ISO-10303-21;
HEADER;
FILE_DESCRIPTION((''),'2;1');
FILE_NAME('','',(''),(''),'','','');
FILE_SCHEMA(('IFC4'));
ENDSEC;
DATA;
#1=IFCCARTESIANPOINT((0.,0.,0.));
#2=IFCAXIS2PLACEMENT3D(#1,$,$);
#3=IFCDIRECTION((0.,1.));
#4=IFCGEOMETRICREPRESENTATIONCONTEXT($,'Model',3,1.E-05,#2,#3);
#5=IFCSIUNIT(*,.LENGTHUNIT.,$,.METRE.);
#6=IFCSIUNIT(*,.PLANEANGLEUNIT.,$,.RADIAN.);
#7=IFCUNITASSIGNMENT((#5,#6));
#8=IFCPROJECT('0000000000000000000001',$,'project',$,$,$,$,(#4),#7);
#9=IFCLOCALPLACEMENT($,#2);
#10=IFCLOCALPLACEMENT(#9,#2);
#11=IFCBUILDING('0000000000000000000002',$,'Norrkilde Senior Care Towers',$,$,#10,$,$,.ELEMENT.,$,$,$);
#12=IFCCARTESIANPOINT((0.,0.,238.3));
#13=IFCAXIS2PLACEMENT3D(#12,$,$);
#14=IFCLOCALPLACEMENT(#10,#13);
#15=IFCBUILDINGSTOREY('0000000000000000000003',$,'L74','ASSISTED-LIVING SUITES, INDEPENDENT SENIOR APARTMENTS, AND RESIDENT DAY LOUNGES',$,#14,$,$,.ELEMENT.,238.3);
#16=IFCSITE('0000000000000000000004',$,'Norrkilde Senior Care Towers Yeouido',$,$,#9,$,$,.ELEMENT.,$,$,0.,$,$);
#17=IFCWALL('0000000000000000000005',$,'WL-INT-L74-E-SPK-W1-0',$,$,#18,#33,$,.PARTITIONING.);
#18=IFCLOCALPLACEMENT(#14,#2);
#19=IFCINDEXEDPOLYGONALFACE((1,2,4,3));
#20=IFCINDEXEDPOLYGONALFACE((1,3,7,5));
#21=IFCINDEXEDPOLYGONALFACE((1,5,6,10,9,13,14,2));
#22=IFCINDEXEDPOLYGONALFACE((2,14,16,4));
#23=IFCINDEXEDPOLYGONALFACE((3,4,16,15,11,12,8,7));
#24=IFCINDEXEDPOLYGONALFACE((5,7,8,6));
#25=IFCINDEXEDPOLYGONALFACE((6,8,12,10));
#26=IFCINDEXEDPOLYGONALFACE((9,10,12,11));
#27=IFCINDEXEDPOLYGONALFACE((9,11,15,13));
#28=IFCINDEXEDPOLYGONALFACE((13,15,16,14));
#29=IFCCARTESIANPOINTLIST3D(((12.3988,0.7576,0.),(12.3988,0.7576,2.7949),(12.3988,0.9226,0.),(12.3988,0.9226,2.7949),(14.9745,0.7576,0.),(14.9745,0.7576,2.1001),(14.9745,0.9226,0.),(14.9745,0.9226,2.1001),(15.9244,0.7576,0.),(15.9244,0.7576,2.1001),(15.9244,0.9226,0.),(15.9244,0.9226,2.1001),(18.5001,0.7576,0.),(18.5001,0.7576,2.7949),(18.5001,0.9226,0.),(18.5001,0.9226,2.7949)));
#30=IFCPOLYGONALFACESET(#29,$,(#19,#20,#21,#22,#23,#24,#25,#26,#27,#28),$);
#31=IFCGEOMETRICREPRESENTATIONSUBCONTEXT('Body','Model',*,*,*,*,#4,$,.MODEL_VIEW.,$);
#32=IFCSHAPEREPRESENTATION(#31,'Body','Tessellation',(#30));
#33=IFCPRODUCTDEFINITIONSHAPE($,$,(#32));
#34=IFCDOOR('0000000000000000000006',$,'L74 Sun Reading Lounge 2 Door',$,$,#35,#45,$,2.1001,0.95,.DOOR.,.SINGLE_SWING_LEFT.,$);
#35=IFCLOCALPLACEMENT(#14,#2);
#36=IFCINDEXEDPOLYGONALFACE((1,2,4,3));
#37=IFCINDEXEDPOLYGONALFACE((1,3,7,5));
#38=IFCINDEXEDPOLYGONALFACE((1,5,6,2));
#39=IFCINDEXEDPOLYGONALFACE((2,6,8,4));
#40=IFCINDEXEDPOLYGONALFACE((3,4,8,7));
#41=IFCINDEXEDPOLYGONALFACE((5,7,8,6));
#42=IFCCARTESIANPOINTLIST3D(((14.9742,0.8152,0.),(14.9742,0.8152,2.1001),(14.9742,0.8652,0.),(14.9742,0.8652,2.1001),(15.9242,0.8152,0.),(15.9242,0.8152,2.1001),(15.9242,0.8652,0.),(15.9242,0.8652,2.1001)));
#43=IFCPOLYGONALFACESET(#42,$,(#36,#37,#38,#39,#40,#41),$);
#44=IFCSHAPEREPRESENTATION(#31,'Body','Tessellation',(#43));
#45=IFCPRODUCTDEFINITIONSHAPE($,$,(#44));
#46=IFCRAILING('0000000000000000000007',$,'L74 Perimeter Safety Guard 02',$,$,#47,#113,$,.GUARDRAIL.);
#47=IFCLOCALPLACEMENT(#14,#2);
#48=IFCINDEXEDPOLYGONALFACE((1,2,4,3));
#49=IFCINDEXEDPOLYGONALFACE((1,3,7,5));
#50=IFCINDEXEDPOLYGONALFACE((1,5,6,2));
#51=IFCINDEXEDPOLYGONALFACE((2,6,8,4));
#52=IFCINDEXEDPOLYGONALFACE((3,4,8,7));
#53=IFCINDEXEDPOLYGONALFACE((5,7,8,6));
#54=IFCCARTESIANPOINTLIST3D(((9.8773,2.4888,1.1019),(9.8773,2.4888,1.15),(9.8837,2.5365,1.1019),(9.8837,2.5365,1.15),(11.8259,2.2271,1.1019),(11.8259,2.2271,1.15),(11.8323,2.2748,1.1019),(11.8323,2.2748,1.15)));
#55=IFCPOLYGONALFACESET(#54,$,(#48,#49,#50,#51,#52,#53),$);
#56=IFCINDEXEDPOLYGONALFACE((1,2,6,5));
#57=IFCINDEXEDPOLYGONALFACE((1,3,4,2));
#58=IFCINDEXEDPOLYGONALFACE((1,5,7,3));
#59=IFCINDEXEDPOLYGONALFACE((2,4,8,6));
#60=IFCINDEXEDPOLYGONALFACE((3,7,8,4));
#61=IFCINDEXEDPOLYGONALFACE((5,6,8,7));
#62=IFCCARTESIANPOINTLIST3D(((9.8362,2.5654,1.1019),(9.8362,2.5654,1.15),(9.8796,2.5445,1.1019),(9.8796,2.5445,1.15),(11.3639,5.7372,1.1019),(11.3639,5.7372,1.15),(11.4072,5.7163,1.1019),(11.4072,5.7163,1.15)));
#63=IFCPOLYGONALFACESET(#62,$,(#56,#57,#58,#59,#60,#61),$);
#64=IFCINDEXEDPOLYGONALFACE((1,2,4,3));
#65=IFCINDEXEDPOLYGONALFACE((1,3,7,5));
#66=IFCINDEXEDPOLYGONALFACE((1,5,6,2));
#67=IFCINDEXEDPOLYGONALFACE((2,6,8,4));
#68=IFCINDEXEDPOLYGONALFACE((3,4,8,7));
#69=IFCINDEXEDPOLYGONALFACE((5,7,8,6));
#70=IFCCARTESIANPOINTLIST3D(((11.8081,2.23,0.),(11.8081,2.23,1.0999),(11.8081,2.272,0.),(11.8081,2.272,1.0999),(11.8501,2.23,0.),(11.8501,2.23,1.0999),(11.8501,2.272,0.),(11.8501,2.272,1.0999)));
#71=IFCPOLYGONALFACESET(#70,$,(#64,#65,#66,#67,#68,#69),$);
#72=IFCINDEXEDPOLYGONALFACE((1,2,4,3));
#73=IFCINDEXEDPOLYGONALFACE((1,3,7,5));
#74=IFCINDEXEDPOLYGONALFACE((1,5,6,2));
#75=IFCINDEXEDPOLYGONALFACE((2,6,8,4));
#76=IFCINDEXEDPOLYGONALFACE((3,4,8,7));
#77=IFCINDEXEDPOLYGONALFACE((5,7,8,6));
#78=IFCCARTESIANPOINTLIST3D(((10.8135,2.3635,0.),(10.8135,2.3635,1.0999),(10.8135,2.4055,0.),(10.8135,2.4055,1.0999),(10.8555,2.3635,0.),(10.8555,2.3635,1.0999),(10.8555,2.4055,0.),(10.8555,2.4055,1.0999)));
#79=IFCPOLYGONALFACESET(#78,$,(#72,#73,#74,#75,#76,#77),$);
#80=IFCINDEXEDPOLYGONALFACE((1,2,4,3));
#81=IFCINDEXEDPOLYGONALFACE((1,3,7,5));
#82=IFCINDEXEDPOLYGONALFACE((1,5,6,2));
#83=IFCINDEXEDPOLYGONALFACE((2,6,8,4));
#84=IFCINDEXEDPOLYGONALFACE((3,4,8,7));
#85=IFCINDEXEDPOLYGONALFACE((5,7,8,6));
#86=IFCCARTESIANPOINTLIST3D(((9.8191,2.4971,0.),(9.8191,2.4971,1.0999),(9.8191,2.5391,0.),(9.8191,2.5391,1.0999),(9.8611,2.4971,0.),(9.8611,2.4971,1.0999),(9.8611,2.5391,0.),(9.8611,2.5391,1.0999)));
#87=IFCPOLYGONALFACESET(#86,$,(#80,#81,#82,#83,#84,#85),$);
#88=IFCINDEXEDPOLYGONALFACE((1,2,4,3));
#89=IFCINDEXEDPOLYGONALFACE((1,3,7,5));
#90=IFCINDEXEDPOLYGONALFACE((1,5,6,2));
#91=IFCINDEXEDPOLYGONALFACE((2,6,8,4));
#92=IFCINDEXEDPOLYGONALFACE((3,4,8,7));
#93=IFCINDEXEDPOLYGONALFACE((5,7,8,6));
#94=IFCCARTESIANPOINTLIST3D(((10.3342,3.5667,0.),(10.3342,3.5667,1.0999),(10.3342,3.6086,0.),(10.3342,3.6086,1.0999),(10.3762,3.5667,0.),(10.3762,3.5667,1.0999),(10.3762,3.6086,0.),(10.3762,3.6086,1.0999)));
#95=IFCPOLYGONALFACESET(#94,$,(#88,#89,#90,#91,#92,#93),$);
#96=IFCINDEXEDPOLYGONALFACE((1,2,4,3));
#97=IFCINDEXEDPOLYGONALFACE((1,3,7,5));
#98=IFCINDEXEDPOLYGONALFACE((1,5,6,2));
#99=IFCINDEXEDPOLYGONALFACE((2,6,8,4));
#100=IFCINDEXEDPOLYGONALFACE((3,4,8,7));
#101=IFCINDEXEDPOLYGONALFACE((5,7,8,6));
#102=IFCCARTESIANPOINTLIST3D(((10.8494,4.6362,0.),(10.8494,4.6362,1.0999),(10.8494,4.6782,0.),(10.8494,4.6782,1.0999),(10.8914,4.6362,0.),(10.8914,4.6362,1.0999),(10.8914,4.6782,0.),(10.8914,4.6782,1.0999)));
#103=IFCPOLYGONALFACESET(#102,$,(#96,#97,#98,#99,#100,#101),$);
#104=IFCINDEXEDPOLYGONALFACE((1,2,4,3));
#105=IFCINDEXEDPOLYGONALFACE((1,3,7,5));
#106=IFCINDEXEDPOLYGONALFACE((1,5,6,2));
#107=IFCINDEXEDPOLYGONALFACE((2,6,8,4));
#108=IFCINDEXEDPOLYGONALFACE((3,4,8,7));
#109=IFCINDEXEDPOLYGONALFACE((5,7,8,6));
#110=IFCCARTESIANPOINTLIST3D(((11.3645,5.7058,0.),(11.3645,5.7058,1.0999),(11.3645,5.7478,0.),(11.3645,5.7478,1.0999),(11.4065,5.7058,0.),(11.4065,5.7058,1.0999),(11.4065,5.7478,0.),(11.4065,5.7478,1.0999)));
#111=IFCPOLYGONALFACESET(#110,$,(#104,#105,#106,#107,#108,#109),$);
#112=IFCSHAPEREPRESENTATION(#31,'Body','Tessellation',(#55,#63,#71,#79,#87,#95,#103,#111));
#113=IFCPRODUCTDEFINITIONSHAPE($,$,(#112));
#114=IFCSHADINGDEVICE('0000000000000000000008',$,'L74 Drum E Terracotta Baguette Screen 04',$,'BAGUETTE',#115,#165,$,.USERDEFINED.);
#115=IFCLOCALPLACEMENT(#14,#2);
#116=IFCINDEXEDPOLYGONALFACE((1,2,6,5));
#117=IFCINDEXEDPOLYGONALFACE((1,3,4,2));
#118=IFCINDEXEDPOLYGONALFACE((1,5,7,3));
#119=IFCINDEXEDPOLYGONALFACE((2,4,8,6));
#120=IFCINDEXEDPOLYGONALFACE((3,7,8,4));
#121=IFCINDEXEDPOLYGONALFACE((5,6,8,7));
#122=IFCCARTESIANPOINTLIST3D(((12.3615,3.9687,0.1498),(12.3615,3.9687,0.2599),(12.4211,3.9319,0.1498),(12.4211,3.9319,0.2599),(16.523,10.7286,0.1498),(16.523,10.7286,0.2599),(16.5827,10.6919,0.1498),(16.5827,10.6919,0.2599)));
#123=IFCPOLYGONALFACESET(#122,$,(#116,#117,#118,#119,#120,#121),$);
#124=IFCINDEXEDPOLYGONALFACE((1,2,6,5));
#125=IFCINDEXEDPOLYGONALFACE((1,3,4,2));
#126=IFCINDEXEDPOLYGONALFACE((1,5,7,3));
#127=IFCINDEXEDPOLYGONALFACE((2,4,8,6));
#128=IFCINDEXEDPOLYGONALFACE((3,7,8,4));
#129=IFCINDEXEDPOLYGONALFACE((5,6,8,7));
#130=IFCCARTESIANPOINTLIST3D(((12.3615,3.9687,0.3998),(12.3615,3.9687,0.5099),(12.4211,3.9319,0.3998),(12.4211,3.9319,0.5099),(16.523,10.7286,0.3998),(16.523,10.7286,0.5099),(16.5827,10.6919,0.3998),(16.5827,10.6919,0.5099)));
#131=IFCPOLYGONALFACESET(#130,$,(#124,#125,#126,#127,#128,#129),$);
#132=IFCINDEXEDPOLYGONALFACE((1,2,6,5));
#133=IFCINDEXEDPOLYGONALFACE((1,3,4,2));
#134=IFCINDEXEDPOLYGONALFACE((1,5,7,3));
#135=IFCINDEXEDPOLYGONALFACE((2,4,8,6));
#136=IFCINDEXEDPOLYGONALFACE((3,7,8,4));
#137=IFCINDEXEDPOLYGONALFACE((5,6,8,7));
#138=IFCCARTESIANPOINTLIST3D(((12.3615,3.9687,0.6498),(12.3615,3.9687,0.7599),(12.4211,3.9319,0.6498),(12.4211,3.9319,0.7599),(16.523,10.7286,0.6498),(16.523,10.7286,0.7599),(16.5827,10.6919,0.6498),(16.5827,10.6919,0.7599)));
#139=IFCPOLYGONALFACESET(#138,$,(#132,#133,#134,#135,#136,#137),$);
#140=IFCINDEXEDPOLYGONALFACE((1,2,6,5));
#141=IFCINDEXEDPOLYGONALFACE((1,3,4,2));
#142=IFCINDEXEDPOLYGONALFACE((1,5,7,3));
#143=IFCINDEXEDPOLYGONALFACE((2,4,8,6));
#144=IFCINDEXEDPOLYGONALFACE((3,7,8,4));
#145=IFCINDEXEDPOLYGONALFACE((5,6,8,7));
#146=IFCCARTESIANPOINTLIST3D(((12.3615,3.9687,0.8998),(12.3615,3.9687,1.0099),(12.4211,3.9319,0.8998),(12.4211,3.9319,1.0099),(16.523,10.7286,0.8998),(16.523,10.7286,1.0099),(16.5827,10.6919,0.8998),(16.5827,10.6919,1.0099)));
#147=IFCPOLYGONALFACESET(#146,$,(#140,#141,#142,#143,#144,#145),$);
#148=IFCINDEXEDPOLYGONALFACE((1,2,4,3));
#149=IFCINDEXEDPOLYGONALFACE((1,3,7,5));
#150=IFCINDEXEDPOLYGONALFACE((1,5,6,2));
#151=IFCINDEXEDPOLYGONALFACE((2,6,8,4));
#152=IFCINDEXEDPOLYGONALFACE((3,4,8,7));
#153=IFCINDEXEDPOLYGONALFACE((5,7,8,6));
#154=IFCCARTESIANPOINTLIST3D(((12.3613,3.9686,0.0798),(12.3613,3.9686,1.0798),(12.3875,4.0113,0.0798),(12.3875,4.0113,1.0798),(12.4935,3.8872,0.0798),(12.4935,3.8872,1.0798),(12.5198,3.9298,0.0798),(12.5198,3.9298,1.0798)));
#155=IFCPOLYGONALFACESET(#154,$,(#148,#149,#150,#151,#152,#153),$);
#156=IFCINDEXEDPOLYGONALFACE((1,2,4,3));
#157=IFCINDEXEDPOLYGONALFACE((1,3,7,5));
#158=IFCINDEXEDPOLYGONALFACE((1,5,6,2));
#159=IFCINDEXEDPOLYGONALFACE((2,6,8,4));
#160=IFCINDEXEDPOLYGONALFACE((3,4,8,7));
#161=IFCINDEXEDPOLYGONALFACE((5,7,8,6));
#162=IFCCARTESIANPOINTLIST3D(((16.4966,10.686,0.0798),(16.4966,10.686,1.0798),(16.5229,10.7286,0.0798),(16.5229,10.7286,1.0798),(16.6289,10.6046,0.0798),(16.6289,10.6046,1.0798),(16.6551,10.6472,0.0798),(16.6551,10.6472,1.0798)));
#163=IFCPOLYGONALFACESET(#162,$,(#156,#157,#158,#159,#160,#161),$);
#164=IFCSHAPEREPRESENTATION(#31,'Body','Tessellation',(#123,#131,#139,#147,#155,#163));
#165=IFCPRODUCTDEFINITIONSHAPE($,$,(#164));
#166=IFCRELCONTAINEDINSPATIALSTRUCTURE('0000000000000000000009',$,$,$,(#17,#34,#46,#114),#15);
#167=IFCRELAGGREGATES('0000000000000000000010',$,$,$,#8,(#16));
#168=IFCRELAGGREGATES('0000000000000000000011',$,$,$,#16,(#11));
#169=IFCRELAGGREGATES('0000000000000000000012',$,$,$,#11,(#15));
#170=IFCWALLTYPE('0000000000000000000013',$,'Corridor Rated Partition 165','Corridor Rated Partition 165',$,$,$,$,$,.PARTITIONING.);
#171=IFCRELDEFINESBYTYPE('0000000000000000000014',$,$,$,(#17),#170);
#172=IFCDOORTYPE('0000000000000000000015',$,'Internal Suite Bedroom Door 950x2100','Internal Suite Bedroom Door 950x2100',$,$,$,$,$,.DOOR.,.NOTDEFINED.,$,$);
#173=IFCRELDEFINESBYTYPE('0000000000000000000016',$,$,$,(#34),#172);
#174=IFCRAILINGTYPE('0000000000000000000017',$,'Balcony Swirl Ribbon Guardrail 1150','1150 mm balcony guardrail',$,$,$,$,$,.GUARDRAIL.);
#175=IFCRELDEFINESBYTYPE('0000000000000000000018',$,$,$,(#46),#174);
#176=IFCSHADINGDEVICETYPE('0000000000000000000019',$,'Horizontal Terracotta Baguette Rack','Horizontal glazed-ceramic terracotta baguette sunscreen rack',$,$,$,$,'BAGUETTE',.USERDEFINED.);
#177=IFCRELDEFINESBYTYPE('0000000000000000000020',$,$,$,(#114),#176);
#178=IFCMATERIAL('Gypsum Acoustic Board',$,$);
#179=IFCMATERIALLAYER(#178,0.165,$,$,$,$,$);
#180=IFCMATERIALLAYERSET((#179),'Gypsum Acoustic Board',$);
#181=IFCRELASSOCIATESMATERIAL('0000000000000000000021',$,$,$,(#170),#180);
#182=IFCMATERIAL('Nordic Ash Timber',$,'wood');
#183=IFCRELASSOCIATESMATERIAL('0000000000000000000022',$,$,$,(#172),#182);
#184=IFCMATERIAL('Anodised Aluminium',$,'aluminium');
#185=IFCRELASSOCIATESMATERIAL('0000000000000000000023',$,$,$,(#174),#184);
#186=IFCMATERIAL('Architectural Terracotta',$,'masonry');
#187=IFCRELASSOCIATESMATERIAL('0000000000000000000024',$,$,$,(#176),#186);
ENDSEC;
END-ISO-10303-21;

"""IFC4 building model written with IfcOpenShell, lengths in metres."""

from ifc_helpers import new_model, si_unit, direction, frame, frame_2d, origin, origin_2d, place, context, subcontext, project, spatial, rectangle, extrude, source, transform, mapped, material, layer, layer_set, type_object, type_shapes, element, fill, save


model = new_model("IFC4")

# Units and contexts
model_context = context("Model", 3, precision=1e-05, world=origin(), true_north=direction((0.0, 1.0)))
body_context = subcontext(model_context, "Body", "Model", "MODEL_VIEW")
ifc_project = project(units=[si_unit("LENGTHUNIT", "METRE"), si_unit("PLANEANGLEUNIT", "RADIAN")], contexts=[model_context])

# Site, building, storey
site_placement = place(None, origin())
site = spatial("IfcSite", under=ifc_project, at=site_placement, Name="Norrkilde Senior Care Towers Yeouido", CompositionType="ELEMENT", RefElevation=0.0)
building_placement = place(site_placement, origin())
building = spatial("IfcBuilding", under=site, at=building_placement, Name="Norrkilde Senior Care Towers", CompositionType="ELEMENT")
storey_placement = place(building_placement, frame((0.0, 0.0, 238.3)))
storey = spatial("IfcBuildingStorey", under=building, at=storey_placement, Name="L74", Description="ASSISTED-LIVING SUITES, INDEPENDENT SENIOR APARTMENTS, AND RESIDENT DAY LOUNGES", CompositionType="ELEMENT", Elevation=238.3)

# Shared definitions
ifc_material_1 = material(Name="Anodised Aluminium", Category="aluminium")

# Shared definitions
ifc_material_2 = material(Name="Gypsum Acoustic Board")
ifc_layer_1 = layer(ifc_material_2, 0.165)
ifc_layer_set_1 = layer_set([ifc_layer_1], Name="Gypsum Acoustic Board")
wall_type_1 = type_object("IfcWallType", Name="Corridor Rated Partition 165", Description="Corridor Rated Partition 165", PredefinedType="PARTITIONING", material=ifc_layer_set_1)
ifc_material_3 = material(Name="Nordic Ash Timber", Category="wood")

# Wall, opening, door
shared_shape_1 = source(origin(), body_context, "Body", "SweptSolid", [
    extrude(rectangle(XDim=6.1013, YDim=0.165, at=frame_2d((3.0508, 0.0))), origin(), (0.0, 0.0, 1.0), 2.7949),
])
wall_1_placement = place(storey_placement, frame((12.3987, 0.8401, 0.0), z_axis=(0.0, 0.0, 1.0), x_axis=(1.0, 0.0, 0.0)))
wall_1 = element("IfcWall", 1, at=wall_1_placement, inside=storey, type_object=wall_type_1, Name="WL-INT-L74-E-SPK-W1-0", PredefinedType="PARTITIONING", context=body_context, shape_type="MappedRepresentation", body=[
    mapped(shared_shape_1, transform((0.0, 0.0, 0.0), x_axis=(1.0, 0.0, 0.0), y_axis=(0.0, 1.0, 0.0), z_axis=(0.0, 0.0, 1.0), scale=1.0)),
])
opening_1_placement = place(wall_1_placement, frame((2.5757, 0.0, 0.0)))
opening_1 = element("IfcOpeningElement", 2, at=opening_1_placement, cuts=wall_1, PredefinedType="OPENING", context=body_context, shape_type="SweptSolid", body=[
    extrude(rectangle(XDim=0.95, YDim=2.1001, at=frame_2d((0.4751, 1.05))), frame((0.0, 0.0925, 0.0), z_axis=(0.0, -1.0, 0.0), x_axis=(1.0, 0.0, 0.0)), (0.0, 0.0, 1.0), 0.1851),
])
door_type_1 = type_object("IfcDoorType", Name="Internal Suite Bedroom Door 950x2100", Description="Internal Suite Bedroom Door 950x2100", OperationType="NOTDEFINED", PredefinedType="DOOR", material=ifc_material_3)
shared_shape_2 = source(origin(), body_context, "Body", "SweptSolid", [
    extrude(rectangle(XDim=0.95, YDim=2.1001, at=frame_2d((0.4751, 1.05))), frame((0.0, 0.0249, 0.0), z_axis=(0.0, -1.0, 0.0), x_axis=(1.0, 0.0, 0.0)), (0.0, 0.0, 1.0), 0.05),
])
type_shapes(door_type_1, [shared_shape_2])
door_1_placement = place(opening_1_placement, frame((0.95, 0.0, 0.0), z_axis=(0.0, 0.0, 1.0), x_axis=(-1.0, 0.0, 0.0)))
door_1 = element("IfcDoor", 3, at=door_1_placement, inside=storey, type_object=door_type_1, Name="L74 Sun Reading Lounge 2 Door", OperationType="SINGLE_SWING_LEFT", OverallHeight=2.1001, OverallWidth=0.95, PredefinedType="DOOR", context=body_context, shape_type="MappedRepresentation", body=[
    mapped(shared_shape_2, transform((0.0, 0.0, 0.0), x_axis=(1.0, 0.0, 0.0), y_axis=(0.0, 1.0, 0.0), z_axis=(0.0, 0.0, 1.0), scale=1.0)),
])
fill(opening_1, door_1)

# Railing
railing_type = type_object("IfcRailingType", Name="Balcony Swirl Ribbon Guardrail 1150", Description="1150 mm balcony guardrail", PredefinedType="GUARDRAIL", material=ifc_material_1)
railing_1_placement = place(storey_placement, frame((11.8291, 2.251, 0.0)))
element("IfcRailing", 4, at=railing_1_placement, inside=storey, type_object=railing_type, Name="L74 Perimeter Safety Guard 02", PredefinedType="GUARDRAIL", context=body_context, shape_type="SweptSolid", body=[
    extrude(rectangle(XDim=0.0481, YDim=0.0481, at=origin_2d()), frame((0.0, 0.0, 1.126), z_axis=(-0.991104, 0.133088, 0.0), x_axis=(-0.133088, -0.991104, 0.0)), (0.0, 0.0, 1.0), 1.9661),
    extrude(rectangle(XDim=0.0481, YDim=0.0481, at=origin_2d()), frame((-1.9712, 0.304, 1.126), z_axis=(0.433921, 0.900951, 0.0), x_axis=(-0.900951, 0.433921, 0.0)), (0.0, 0.0, 1.0), 3.5205),
    extrude(rectangle(XDim=0.042, YDim=0.042, at=origin_2d()), origin(), (0.0, 0.0, 1.0), 1.0999),
    extrude(rectangle(XDim=0.042, YDim=0.042, at=origin_2d()), frame((-0.9946, 0.1335, 0.0)), (0.0, 0.0, 1.0), 1.0999),
    extrude(rectangle(XDim=0.042, YDim=0.042, at=origin_2d()), frame((-1.989, 0.2671, 0.0)), (0.0, 0.0, 1.0), 1.0999),
    extrude(rectangle(XDim=0.042, YDim=0.042, at=origin_2d()), frame((-1.4739, 1.3367, 0.0)), (0.0, 0.0, 1.0), 1.0999),
    extrude(rectangle(XDim=0.042, YDim=0.042, at=origin_2d()), frame((-0.9587, 2.4062, 0.0)), (0.0, 0.0, 1.0), 1.0999),
    extrude(rectangle(XDim=0.042, YDim=0.042, at=origin_2d()), frame((-0.4436, 3.4758, 0.0)), (0.0, 0.0, 1.0), 1.0999),
])

# Shading device
ifc_material_4 = material(Name="Architectural Terracotta", Category="masonry")
shading_device_type = type_object("IfcShadingDeviceType", Name="Horizontal Terracotta Baguette Rack", Description="Horizontal glazed-ceramic terracotta baguette sunscreen rack", ElementType="BAGUETTE", PredefinedType="USERDEFINED", material=ifc_material_4)
shared_shape_3 = source(origin(), body_context, "Body", "SweptSolid", [
    extrude(rectangle(XDim=0.0701, YDim=0.1101, at=origin_2d()), frame((0.0, 0.0901, 0.125), z_axis=(1.0, 0.0, 0.0), x_axis=(0.0, 1.0, 0.0)), (0.0, 0.0, 1.0), 7.9382),
    extrude(rectangle(XDim=0.0701, YDim=0.1101, at=origin_2d()), frame((0.0, 0.0901, 0.375), z_axis=(1.0, 0.0, 0.0), x_axis=(0.0, 1.0, 0.0)), (0.0, 0.0, 1.0), 7.9382),
    extrude(rectangle(XDim=0.0701, YDim=0.1101, at=origin_2d()), frame((0.0, 0.0901, 0.625), z_axis=(1.0, 0.0, 0.0), x_axis=(0.0, 1.0, 0.0)), (0.0, 0.0, 1.0), 7.9382),
    extrude(rectangle(XDim=0.0701, YDim=0.1101, at=origin_2d()), frame((0.0, 0.0901, 0.875), z_axis=(1.0, 0.0, 0.0), x_axis=(0.0, 1.0, 0.0)), (0.0, 0.0, 1.0), 7.9382),
    extrude(rectangle(XDim=0.05, YDim=0.1553, at=origin_2d()), frame((0.0249, 0.0476, 0.0)), (0.0, 0.0, 1.0), 1.0),
    extrude(rectangle(XDim=0.05, YDim=0.1553, at=origin_2d()), frame((7.9131, 0.0476, 0.0)), (0.0, 0.0, 1.0), 1.0),
])
type_shapes(shading_device_type, [shared_shape_3])
shading_device_placement = place(storey_placement, frame((12.468, 3.9031, 0.0798), z_axis=(0.0, 0.0, 1.0), x_axis=(0.52425, 0.851576, 0.0)))
element("IfcShadingDevice", 5, at=shading_device_placement, inside=storey, type_object=shading_device_type, Name="L74 Drum E Terracotta Baguette Screen 04", ObjectType="BAGUETTE", PredefinedType="USERDEFINED", context=body_context, shape_type="MappedRepresentation", body=[
    mapped(shared_shape_3, transform((0.0, 0.0, 0.0), x_axis=(1.0, 0.0, 0.0), y_axis=(0.0, 1.0, 0.0), z_axis=(0.0, 0.0, 1.0), scale=1.0)),
])

save(model, "model.ifc")
